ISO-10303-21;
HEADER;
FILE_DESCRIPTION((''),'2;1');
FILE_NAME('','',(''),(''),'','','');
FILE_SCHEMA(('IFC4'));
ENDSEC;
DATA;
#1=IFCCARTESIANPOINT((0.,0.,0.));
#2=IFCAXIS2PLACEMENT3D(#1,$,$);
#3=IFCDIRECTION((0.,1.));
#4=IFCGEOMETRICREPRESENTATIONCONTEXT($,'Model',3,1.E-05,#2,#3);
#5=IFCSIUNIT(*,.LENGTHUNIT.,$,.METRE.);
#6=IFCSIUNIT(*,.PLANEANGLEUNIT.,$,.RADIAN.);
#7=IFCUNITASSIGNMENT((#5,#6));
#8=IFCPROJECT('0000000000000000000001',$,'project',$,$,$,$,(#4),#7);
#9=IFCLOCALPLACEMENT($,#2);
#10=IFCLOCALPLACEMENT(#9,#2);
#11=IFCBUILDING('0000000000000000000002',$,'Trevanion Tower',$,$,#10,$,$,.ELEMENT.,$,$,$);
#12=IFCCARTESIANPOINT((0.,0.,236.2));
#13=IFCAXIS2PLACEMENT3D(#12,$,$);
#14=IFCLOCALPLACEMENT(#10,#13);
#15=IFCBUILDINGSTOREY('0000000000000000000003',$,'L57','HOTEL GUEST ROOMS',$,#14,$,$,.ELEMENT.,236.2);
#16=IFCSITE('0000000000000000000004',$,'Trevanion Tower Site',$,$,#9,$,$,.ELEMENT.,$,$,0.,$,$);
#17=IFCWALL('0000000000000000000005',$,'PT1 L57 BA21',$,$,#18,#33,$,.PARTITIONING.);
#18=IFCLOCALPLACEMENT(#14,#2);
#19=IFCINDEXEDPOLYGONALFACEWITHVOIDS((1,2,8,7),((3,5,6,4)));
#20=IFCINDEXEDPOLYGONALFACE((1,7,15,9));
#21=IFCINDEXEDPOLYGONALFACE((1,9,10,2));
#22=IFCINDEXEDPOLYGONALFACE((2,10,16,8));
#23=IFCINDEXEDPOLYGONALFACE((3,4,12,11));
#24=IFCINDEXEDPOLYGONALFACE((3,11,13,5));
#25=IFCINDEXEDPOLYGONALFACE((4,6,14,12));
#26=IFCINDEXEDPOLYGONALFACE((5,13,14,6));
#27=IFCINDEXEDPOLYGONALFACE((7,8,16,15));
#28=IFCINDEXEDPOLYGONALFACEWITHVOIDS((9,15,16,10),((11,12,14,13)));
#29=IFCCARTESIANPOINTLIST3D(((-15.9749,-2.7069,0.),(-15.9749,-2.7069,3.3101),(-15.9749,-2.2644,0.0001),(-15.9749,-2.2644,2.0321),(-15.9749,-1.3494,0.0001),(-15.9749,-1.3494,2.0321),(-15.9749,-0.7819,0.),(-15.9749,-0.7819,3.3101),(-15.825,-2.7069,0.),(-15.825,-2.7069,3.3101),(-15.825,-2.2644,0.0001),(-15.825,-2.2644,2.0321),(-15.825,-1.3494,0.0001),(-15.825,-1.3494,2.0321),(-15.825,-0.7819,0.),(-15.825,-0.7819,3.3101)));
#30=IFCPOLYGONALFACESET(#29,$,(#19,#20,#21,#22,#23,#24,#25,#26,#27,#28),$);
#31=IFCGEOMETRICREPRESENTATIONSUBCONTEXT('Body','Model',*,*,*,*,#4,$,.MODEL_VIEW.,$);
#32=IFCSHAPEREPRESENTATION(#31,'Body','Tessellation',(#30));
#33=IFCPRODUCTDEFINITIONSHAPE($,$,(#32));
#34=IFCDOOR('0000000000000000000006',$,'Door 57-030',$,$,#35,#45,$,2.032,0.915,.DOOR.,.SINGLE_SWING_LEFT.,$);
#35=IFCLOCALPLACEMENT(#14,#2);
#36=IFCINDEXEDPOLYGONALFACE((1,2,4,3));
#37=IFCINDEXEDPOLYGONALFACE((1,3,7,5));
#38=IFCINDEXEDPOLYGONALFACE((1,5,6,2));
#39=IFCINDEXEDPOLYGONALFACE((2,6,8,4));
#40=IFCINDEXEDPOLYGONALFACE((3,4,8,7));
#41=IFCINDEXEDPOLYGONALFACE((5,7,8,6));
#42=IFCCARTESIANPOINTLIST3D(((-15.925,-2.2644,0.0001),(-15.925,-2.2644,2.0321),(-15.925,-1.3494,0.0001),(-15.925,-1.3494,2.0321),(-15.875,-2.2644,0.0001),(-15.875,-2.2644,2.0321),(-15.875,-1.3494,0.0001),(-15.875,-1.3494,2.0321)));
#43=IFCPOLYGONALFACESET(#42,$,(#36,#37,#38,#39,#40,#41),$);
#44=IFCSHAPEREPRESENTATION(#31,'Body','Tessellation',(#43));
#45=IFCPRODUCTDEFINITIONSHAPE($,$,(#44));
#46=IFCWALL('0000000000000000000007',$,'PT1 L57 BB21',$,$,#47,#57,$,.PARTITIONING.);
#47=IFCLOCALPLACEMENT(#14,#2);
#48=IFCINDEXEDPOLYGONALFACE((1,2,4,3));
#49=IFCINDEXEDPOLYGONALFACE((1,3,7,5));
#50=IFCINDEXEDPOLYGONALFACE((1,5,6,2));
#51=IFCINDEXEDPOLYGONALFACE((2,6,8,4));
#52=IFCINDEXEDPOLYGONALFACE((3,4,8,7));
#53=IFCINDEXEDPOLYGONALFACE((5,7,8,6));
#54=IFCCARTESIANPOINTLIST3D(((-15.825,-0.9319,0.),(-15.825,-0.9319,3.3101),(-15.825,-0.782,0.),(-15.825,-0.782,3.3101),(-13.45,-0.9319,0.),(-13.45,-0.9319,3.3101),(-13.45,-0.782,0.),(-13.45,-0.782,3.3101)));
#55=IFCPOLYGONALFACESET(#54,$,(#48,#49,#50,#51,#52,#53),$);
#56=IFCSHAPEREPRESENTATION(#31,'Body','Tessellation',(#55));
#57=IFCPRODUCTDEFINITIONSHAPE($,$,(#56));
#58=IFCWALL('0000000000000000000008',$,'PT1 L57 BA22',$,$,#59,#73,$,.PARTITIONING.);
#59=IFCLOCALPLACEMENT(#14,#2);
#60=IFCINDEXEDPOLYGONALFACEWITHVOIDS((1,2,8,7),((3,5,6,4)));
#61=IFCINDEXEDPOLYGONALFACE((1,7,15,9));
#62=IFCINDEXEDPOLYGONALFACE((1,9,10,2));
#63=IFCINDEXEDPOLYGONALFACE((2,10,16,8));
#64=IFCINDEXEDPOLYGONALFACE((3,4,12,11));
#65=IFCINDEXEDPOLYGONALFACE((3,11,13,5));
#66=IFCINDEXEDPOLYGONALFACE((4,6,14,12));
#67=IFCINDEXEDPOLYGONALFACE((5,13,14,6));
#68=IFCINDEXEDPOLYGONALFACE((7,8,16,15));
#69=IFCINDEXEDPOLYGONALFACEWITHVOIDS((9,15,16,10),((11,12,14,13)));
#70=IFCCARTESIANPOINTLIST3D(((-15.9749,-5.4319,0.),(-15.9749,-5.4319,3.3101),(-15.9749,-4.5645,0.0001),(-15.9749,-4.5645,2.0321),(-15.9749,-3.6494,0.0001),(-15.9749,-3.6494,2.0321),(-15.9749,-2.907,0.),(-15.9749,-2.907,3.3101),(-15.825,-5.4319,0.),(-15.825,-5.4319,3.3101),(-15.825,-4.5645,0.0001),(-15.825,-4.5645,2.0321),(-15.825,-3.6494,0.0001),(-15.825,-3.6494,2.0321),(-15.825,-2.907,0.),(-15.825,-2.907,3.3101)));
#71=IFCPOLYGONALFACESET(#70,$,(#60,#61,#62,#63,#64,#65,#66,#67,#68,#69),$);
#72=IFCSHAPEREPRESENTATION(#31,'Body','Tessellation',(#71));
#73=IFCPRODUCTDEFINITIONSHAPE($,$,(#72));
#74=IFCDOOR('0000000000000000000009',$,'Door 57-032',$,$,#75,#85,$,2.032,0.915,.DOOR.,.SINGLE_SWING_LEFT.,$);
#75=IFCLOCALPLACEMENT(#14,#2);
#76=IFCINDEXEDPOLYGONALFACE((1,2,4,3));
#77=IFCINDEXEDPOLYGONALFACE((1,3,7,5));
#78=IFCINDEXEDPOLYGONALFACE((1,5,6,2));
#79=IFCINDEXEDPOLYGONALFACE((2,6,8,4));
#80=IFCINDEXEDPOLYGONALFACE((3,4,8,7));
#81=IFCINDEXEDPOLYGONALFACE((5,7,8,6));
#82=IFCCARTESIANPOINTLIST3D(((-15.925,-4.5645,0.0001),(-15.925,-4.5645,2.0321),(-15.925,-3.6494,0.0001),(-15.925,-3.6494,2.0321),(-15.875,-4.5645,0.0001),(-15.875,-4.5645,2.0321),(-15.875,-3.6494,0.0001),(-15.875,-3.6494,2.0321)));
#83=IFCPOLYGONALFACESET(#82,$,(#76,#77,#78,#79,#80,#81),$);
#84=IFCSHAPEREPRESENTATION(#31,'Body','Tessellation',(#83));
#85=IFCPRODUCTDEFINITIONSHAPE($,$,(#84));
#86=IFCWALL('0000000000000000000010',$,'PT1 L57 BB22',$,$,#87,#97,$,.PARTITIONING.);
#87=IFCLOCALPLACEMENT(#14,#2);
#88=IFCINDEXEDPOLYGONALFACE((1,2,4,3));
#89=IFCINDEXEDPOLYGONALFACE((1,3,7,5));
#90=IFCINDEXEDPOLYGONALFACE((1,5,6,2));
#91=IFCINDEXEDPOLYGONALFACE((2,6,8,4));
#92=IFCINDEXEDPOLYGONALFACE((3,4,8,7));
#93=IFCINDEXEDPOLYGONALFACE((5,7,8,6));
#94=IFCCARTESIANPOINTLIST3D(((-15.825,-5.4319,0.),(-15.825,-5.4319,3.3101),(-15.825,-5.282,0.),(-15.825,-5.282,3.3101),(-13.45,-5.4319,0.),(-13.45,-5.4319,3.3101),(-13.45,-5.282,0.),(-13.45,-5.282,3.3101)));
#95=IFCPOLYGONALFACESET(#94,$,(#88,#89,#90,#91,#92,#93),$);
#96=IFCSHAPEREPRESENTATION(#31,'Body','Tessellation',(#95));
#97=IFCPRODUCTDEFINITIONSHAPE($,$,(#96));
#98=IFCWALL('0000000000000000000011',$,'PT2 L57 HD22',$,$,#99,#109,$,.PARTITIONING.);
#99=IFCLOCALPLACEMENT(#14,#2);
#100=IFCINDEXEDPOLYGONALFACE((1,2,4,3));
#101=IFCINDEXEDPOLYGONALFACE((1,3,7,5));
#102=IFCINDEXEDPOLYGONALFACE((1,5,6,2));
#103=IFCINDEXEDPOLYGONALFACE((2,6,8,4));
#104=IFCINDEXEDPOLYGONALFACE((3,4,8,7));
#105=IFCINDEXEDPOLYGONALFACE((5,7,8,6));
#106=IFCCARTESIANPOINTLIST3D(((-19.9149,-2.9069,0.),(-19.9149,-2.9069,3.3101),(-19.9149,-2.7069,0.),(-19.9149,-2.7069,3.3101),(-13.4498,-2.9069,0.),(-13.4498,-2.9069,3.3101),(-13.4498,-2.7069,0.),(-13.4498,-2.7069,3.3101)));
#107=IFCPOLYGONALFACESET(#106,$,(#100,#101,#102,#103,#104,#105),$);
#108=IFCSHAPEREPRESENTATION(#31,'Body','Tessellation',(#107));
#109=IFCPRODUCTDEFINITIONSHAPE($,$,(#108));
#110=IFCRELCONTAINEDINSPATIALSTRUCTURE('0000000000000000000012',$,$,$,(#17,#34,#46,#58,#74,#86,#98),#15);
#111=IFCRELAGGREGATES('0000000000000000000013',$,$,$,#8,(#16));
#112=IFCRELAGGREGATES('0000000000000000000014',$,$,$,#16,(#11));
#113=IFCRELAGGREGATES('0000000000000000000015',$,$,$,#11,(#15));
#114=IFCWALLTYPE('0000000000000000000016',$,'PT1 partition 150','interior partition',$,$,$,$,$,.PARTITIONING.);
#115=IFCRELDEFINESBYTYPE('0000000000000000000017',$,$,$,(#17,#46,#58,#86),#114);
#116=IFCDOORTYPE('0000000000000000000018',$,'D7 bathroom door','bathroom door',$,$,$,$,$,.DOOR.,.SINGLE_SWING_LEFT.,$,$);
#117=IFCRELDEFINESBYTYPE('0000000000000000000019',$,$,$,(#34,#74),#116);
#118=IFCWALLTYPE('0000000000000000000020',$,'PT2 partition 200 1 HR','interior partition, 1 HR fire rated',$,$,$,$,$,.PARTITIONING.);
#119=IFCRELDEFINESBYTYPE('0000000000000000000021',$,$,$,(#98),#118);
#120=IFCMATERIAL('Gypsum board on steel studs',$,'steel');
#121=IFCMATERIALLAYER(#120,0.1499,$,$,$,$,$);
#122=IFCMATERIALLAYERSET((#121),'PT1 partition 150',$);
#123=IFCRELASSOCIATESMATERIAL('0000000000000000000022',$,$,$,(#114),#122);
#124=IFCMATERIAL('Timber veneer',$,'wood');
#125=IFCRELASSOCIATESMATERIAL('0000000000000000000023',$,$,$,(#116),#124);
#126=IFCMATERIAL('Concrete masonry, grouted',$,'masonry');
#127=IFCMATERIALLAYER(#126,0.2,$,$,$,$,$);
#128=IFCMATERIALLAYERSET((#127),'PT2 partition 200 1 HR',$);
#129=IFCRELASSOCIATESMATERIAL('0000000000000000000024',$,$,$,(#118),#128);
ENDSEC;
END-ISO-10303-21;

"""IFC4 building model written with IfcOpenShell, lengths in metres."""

from ifc_helpers import new_model, si_unit, direction, frame, frame_2d, origin, place, context, subcontext, project, spatial, rectangle, extrude, material, layer, layer_set, type_object, element, fill, save


model = new_model("IFC4")

# Units and contexts
model_context = context("Model", 3, precision=1e-05, world=origin(), true_north=direction((0.0, 1.0)))
body_context = subcontext(model_context, "Body", "Model", "MODEL_VIEW")
ifc_project = project(units=[si_unit("LENGTHUNIT", "METRE"), si_unit("PLANEANGLEUNIT", "RADIAN")], contexts=[model_context])

# Site, building, storey
site_placement = place(None, origin())
site = spatial("IfcSite", under=ifc_project, at=site_placement, Name="Trevanion Tower Site", CompositionType="ELEMENT", RefElevation=0.0)
building_placement = place(site_placement, origin())
building = spatial("IfcBuilding", under=site, at=building_placement, Name="Trevanion Tower", CompositionType="ELEMENT")
storey_placement = place(building_placement, frame((0.0, 0.0, 236.2)))
storey = spatial("IfcBuildingStorey", under=building, at=storey_placement, Name="L57", Description="HOTEL GUEST ROOMS", CompositionType="ELEMENT", Elevation=236.2)

# Wall, opening, door
ifc_material_1 = material(Name="Gypsum board on steel studs", Category="steel")
ifc_layer_1 = layer(ifc_material_1, 0.1499)
ifc_layer_set_1 = layer_set([ifc_layer_1], Name="PT1 partition 150")
wall_type_1 = type_object("IfcWallType", Name="PT1 partition 150", Description="interior partition", PredefinedType="PARTITIONING", material=ifc_layer_set_1)
wall_1_placement = place(storey_placement, frame((-15.8999, -0.782, 0.0), z_axis=(0.0, 0.0, 1.0), x_axis=(0.0, -1.0, 0.0)))
wall_1 = element("IfcWall", 1, at=wall_1_placement, inside=storey, type_object=wall_type_1, Name="PT1 L57 BA21", PredefinedType="PARTITIONING", context=body_context, shape_type="SweptSolid", body=[
    extrude(rectangle(XDim=1.925, YDim=0.1499, at=frame_2d((0.9624, 0.0))), origin(), (0.0, 0.0, 1.0), 3.3101),
])
opening_1_placement = place(wall_1_placement, frame((0.5674, 0.0, 0.0)))
opening_1 = element("IfcOpeningElement", 2, at=opening_1_placement, cuts=wall_1, PredefinedType="OPENING", context=body_context, shape_type="SweptSolid", body=[
    extrude(rectangle(XDim=0.915, YDim=2.032, at=frame_2d((0.4575, 1.0161))), frame((0.0, 0.085, 0.0), z_axis=(0.0, -1.0, 0.0), x_axis=(1.0, 0.0, 0.0)), (0.0, 0.0, 1.0), 0.1699),
])
ifc_material_2 = material(Name="Timber veneer", Category="wood")
door_type = type_object("IfcDoorType", Name="D7 bathroom door", Description="bathroom door", OperationType="SINGLE_SWING_LEFT", PredefinedType="DOOR", material=ifc_material_2)
door_1_placement = place(opening_1_placement, origin())
door_1 = element("IfcDoor", 3, at=door_1_placement, inside=storey, type_object=door_type, Name="Door 57-030", OperationType="SINGLE_SWING_LEFT", OverallHeight=2.032, OverallWidth=0.915, PredefinedType="DOOR", context=body_context, shape_type="SweptSolid", body=[
    extrude(rectangle(XDim=0.915, YDim=2.032, at=frame_2d((0.4575, 1.0161))), frame((0.0, 0.0249, 0.0), z_axis=(0.0, -1.0, 0.0), x_axis=(1.0, 0.0, 0.0)), (0.0, 0.0, 1.0), 0.05),
])
fill(opening_1, door_1)

# Wall
wall_2_placement = place(storey_placement, frame((-13.45, -0.8569, 0.0), z_axis=(0.0, 0.0, 1.0), x_axis=(-1.0, 0.0, 0.0)))
element("IfcWall", 4, at=wall_2_placement, inside=storey, type_object=wall_type_1, Name="PT1 L57 BB21", PredefinedType="PARTITIONING", context=body_context, shape_type="SweptSolid", body=[
    extrude(rectangle(XDim=2.375, YDim=0.1499, at=frame_2d((1.1875, 0.0))), origin(), (0.0, 0.0, 1.0), 3.3101),
])

# Wall, opening, door
wall_3_placement = place(storey_placement, frame((-15.8999, -2.907, 0.0), z_axis=(0.0, 0.0, 1.0), x_axis=(0.0, -1.0, 0.0)))
wall_3 = element("IfcWall", 5, at=wall_3_placement, inside=storey, type_object=wall_type_1, Name="PT1 L57 BA22", PredefinedType="PARTITIONING", context=body_context, shape_type="SweptSolid", body=[
    extrude(rectangle(XDim=2.5249, YDim=0.1499, at=frame_2d((1.2625, 0.0))), origin(), (0.0, 0.0, 1.0), 3.3101),
])
opening_2_placement = place(wall_3_placement, frame((0.7424, 0.0, 0.0)))
opening_2 = element("IfcOpeningElement", 6, at=opening_2_placement, cuts=wall_3, PredefinedType="OPENING", context=body_context, shape_type="SweptSolid", body=[
    extrude(rectangle(XDim=0.915, YDim=2.032, at=frame_2d((0.4575, 1.0161))), frame((0.0, 0.085, 0.0), z_axis=(0.0, -1.0, 0.0), x_axis=(1.0, 0.0, 0.0)), (0.0, 0.0, 1.0), 0.1699),
])
door_2_placement = place(opening_2_placement, origin())
door_2 = element("IfcDoor", 7, at=door_2_placement, inside=storey, type_object=door_type, Name="Door 57-032", OperationType="SINGLE_SWING_LEFT", OverallHeight=2.032, OverallWidth=0.915, PredefinedType="DOOR", context=body_context, shape_type="SweptSolid", body=[
    extrude(rectangle(XDim=0.915, YDim=2.032, at=frame_2d((0.4575, 1.0161))), frame((0.0, 0.0249, 0.0), z_axis=(0.0, -1.0, 0.0), x_axis=(1.0, 0.0, 0.0)), (0.0, 0.0, 1.0), 0.05),
])
fill(opening_2, door_2)

# Walls
wall_4_placement = place(storey_placement, frame((-13.45, -5.3569, 0.0), z_axis=(0.0, 0.0, 1.0), x_axis=(-1.0, 0.0, 0.0)))
element("IfcWall", 8, at=wall_4_placement, inside=storey, type_object=wall_type_1, Name="PT1 L57 BB22", PredefinedType="PARTITIONING", context=body_context, shape_type="SweptSolid", body=[
    extrude(rectangle(XDim=2.375, YDim=0.1499, at=frame_2d((1.1875, 0.0))), origin(), (0.0, 0.0, 1.0), 3.3101),
])
ifc_material_3 = material(Name="Concrete masonry, grouted", Category="masonry")
ifc_layer_2 = layer(ifc_material_3, 0.2)
ifc_layer_set_2 = layer_set([ifc_layer_2], Name="PT2 partition 200 1 HR")
wall_type_2 = type_object("IfcWallType", Name="PT2 partition 200 1 HR", Description="interior partition, 1 HR fire rated", PredefinedType="PARTITIONING", material=ifc_layer_set_2)
wall_5_placement = place(storey_placement, frame((-13.45, -2.8069, 0.0), z_axis=(0.0, 0.0, 1.0), x_axis=(-1.0, 0.0, 0.0)))
element("IfcWall", 9, at=wall_5_placement, inside=storey, type_object=wall_type_2, Name="PT2 L57 HD22", PredefinedType="PARTITIONING", context=body_context, shape_type="SweptSolid", body=[
    extrude(rectangle(XDim=6.4651, YDim=0.2, at=frame_2d((3.2324, 0.0))), origin(), (0.0, 0.0, 1.0), 3.3101),
])

save(model, "model.ifc")
